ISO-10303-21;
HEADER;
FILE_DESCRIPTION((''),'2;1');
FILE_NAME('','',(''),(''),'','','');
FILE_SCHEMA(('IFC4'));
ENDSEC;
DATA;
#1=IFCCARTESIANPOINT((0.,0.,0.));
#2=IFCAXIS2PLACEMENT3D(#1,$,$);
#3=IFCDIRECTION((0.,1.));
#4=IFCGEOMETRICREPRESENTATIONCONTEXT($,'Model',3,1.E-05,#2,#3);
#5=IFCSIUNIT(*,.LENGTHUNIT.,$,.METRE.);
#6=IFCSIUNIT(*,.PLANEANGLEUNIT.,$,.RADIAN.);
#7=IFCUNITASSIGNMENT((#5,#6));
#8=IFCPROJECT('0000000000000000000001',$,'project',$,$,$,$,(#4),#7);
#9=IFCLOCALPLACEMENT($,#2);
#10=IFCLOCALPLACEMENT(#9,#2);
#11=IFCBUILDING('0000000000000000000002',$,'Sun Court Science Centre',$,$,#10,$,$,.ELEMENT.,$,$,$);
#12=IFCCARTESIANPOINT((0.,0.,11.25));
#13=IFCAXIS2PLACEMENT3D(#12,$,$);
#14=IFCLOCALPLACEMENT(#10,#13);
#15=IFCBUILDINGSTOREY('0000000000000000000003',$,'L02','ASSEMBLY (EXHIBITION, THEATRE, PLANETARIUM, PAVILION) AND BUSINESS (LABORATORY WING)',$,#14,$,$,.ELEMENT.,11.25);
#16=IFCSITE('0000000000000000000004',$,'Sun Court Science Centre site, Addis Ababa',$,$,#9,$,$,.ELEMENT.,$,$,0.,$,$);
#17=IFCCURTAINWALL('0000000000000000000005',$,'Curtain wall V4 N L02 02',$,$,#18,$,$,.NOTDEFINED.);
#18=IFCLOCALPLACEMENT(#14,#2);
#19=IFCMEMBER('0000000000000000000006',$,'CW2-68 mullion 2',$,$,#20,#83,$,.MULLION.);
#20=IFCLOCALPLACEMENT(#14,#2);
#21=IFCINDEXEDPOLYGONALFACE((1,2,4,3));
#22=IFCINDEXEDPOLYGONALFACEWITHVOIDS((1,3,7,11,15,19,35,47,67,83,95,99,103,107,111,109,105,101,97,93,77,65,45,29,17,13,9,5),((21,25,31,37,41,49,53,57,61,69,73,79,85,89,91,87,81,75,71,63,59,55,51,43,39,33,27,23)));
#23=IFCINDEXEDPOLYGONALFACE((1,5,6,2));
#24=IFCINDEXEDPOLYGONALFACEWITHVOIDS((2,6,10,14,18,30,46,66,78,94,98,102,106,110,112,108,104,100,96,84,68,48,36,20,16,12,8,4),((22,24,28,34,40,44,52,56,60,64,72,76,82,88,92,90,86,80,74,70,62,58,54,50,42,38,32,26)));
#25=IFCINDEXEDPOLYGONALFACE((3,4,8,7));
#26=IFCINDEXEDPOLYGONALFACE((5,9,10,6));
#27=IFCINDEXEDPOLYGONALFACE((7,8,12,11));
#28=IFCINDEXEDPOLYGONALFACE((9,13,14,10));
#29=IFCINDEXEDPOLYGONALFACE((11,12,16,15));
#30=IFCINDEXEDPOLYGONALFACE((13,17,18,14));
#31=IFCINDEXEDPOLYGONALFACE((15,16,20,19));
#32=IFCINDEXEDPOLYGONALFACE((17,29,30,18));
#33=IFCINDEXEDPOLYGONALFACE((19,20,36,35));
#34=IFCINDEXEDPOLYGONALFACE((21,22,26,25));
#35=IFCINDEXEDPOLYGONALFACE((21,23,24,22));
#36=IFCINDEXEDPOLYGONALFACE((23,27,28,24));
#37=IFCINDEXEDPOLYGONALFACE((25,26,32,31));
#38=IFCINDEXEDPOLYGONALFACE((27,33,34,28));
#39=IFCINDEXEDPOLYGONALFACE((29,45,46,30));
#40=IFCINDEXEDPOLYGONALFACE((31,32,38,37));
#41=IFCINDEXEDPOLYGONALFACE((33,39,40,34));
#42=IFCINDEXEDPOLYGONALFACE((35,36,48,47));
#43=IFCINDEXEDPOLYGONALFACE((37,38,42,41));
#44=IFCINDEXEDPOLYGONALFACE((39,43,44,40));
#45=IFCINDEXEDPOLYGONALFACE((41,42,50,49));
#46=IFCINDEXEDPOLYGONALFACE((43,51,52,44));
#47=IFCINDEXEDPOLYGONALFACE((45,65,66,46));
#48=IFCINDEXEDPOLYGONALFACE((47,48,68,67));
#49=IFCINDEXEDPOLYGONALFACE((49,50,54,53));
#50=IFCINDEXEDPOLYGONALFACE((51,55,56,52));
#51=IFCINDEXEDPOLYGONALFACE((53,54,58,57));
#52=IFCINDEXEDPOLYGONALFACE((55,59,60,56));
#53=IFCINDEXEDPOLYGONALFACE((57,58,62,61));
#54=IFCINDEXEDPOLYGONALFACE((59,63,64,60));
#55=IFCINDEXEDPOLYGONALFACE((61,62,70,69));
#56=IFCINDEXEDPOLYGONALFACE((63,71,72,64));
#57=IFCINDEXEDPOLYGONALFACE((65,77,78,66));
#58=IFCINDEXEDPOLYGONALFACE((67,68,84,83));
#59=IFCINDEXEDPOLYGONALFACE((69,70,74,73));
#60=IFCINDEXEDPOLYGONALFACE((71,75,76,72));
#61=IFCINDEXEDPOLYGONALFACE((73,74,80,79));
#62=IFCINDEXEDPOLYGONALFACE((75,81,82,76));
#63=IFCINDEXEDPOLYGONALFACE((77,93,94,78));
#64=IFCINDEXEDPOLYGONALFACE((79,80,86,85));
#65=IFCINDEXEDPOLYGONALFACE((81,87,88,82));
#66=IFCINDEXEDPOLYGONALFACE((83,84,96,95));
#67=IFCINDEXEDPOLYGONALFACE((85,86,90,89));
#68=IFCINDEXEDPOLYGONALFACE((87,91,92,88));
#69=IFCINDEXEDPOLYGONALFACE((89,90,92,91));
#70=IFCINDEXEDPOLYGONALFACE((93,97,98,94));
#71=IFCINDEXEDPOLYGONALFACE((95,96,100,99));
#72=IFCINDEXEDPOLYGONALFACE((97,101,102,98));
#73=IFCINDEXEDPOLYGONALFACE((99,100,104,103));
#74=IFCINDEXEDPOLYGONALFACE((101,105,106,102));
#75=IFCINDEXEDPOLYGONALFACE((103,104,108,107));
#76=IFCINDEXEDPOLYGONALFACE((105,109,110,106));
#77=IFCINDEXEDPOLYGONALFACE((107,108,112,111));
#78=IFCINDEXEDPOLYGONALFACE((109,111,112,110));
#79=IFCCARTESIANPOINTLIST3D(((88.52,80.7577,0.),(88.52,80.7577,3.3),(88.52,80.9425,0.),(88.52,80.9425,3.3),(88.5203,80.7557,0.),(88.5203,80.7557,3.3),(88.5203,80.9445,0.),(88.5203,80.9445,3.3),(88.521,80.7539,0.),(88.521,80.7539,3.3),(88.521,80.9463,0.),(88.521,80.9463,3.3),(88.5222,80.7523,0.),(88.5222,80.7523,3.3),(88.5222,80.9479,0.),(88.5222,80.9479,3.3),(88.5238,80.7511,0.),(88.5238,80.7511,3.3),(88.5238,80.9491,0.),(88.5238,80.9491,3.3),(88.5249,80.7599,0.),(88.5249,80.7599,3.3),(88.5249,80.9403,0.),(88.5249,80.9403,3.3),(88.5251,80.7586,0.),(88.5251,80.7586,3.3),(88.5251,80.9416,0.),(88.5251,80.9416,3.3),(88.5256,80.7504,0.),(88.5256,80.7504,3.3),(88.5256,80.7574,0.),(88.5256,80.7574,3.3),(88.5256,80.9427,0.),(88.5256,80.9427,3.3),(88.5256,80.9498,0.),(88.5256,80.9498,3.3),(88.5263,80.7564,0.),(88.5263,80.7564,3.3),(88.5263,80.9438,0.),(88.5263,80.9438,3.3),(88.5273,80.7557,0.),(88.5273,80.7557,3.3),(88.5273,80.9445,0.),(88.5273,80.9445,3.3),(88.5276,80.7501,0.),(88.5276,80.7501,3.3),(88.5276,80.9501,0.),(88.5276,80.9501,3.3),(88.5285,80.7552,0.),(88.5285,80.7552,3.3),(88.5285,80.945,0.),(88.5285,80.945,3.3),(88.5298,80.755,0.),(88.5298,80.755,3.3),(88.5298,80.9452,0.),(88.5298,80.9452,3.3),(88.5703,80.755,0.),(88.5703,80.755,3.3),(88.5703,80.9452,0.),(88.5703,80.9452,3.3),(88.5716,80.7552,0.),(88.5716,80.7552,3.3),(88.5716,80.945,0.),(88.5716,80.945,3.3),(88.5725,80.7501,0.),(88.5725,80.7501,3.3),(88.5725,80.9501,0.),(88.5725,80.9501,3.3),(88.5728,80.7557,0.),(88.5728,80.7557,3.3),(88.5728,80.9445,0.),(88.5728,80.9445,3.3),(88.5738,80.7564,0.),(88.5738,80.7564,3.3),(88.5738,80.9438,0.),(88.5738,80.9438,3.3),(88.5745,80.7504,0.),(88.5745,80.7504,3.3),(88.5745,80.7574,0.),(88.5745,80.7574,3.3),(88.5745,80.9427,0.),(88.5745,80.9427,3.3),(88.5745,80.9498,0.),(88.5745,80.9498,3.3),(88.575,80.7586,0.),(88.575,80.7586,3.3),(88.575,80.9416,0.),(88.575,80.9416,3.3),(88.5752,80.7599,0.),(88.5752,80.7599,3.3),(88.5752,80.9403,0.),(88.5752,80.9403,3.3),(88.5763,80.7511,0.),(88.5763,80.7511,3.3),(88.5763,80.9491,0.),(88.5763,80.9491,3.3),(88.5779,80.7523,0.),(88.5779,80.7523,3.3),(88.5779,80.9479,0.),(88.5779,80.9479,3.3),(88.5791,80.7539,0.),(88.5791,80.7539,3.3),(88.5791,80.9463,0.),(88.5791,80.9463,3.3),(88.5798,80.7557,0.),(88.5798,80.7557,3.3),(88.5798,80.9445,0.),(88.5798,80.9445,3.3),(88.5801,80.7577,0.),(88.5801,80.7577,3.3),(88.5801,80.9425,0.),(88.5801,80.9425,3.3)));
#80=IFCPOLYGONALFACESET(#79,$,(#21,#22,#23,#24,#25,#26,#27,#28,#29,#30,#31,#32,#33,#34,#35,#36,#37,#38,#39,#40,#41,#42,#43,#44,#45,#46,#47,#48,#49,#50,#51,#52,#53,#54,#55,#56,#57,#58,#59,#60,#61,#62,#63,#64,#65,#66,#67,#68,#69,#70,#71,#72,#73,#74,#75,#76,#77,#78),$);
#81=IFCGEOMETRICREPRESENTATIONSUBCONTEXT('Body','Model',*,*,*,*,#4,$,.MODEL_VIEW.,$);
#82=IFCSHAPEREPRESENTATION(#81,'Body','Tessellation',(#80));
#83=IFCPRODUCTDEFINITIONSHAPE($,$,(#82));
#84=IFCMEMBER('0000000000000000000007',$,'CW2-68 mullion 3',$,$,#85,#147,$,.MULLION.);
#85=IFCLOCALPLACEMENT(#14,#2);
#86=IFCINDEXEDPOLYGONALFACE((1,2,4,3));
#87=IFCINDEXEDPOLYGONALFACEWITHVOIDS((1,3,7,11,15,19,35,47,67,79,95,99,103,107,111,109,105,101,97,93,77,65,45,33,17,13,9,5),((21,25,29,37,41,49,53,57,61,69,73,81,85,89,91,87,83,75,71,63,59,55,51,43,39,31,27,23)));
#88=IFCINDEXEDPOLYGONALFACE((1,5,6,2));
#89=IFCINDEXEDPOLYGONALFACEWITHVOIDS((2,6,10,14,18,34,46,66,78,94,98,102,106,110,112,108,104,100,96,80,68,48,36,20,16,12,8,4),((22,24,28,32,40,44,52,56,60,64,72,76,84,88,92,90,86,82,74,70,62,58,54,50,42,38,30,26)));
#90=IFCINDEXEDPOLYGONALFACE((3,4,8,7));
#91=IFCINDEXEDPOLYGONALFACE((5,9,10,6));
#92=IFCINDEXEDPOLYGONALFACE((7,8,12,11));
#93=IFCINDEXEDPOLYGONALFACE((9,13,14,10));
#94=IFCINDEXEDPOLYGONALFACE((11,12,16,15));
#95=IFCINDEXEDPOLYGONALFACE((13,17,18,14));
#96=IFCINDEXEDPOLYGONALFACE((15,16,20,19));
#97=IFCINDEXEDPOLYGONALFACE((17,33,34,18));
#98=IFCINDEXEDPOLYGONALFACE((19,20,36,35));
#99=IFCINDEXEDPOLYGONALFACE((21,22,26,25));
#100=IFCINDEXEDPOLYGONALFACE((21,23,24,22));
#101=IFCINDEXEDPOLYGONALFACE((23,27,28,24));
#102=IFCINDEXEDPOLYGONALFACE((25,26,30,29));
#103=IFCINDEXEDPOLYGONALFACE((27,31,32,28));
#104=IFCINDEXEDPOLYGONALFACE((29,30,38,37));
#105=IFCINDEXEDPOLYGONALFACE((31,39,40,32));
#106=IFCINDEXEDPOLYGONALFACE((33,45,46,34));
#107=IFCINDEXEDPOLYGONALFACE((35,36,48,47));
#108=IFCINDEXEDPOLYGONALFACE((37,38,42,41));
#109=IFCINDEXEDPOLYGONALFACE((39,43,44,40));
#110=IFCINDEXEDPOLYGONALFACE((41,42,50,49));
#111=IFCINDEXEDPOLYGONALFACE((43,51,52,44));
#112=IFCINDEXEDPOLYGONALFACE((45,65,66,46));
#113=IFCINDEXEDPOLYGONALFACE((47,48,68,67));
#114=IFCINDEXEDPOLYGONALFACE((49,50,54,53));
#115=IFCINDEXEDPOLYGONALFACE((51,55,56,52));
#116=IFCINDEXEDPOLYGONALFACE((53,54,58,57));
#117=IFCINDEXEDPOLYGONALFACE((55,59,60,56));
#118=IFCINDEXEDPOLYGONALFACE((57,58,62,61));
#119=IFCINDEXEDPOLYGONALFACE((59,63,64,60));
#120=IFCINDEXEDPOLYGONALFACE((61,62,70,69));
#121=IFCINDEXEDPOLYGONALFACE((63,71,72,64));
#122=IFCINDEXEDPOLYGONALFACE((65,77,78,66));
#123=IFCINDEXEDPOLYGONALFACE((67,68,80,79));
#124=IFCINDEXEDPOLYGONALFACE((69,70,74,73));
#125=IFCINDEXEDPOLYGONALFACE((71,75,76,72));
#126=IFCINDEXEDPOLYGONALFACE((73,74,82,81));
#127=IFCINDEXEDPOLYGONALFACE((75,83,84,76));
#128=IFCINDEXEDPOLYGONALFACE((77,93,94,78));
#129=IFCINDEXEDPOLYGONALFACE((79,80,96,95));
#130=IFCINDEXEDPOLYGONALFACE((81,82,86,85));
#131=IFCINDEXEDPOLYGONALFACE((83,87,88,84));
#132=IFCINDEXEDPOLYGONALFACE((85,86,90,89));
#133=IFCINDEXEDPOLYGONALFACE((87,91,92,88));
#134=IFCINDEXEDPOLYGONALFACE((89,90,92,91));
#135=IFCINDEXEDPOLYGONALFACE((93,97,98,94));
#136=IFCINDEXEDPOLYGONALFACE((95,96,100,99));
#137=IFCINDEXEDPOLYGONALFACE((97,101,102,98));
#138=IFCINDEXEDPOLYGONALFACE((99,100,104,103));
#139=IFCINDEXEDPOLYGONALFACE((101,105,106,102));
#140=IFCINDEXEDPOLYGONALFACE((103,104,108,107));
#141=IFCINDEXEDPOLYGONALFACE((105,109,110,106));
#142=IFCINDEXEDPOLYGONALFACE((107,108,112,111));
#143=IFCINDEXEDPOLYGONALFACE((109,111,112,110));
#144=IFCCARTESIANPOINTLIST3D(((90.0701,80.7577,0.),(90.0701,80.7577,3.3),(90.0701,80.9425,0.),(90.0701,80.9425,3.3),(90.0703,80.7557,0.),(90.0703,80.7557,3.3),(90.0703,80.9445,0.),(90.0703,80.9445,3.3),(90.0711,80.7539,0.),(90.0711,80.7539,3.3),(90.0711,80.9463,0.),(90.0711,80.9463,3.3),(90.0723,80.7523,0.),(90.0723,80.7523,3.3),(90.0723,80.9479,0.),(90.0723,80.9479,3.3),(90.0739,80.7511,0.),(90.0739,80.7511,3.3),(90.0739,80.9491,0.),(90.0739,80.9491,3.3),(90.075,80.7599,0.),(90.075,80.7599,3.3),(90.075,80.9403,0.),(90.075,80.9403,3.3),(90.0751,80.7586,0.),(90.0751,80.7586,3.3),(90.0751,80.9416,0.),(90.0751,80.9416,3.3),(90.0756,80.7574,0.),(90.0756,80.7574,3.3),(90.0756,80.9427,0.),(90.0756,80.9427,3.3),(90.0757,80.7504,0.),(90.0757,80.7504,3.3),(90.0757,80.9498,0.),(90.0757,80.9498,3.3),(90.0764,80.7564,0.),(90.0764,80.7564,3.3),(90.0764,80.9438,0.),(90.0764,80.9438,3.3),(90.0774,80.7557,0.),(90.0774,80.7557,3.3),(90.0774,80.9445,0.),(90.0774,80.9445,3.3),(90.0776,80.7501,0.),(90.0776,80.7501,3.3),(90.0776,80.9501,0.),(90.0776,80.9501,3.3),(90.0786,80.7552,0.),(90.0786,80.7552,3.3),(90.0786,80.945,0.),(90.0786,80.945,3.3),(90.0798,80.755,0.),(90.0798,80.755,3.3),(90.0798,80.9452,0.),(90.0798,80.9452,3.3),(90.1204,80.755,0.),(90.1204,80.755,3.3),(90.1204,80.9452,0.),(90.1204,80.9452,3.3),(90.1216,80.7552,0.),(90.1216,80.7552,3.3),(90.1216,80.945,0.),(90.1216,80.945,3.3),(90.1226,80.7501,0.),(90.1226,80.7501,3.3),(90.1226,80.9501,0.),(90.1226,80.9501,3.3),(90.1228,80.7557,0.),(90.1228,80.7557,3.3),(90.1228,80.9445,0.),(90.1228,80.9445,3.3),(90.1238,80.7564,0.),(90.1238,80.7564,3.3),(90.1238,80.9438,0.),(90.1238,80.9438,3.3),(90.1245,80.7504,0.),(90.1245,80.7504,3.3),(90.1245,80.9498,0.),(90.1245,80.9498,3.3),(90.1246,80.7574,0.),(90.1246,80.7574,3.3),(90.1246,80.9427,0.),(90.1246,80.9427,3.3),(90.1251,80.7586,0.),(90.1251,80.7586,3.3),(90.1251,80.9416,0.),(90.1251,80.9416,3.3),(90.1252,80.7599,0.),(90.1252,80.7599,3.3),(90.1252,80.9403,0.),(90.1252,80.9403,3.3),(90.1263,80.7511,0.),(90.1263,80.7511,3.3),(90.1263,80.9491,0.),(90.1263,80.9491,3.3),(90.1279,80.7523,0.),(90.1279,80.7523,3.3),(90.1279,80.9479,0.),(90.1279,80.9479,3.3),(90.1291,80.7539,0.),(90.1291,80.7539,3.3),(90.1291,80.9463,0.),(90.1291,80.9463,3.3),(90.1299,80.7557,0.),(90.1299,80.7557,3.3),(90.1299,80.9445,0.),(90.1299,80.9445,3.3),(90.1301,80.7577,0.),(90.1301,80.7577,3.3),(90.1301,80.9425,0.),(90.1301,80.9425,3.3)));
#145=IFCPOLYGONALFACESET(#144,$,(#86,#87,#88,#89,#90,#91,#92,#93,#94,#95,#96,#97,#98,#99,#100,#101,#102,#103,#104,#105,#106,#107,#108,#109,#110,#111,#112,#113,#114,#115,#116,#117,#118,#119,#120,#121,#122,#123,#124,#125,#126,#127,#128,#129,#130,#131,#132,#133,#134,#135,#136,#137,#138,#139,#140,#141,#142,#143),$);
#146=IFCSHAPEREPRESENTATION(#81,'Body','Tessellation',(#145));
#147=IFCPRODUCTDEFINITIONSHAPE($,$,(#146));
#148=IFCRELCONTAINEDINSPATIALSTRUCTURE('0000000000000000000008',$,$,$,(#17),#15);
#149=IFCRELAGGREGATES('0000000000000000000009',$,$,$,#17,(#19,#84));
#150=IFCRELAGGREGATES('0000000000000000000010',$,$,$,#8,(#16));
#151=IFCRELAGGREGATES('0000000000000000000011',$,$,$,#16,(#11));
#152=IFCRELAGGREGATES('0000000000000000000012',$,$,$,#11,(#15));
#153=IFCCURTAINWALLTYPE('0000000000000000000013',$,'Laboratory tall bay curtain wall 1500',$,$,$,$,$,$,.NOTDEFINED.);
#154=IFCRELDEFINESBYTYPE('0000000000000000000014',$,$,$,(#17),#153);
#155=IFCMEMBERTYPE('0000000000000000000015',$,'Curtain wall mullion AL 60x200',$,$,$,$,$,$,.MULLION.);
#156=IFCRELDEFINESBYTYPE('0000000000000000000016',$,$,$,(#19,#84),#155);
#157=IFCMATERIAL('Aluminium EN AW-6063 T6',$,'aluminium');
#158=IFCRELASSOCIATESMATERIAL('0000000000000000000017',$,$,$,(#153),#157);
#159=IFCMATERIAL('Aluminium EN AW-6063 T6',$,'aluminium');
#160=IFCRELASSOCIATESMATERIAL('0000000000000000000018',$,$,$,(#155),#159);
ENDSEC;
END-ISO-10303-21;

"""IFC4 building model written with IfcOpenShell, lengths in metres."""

from ifc_helpers import new_model, si_unit, direction, frame, origin, origin_2d, place, context, subcontext, project, spatial, hollow_rectangle, extrude, material, material_profile, profile_set, type_object, element, aggregate, save


model = new_model("IFC4")

# Units and contexts
model_context = context("Model", 3, precision=1e-05, world=origin(), true_north=direction((0.0, 1.0)))
body_context = subcontext(model_context, "Body", "Model", "MODEL_VIEW")
ifc_project = project(units=[si_unit("LENGTHUNIT", "METRE"), si_unit("PLANEANGLEUNIT", "RADIAN")], contexts=[model_context])

# Site, building, storey
site_placement = place(None, origin())
site = spatial("IfcSite", under=ifc_project, at=site_placement, Name="Sun Court Science Centre site, Addis Ababa", CompositionType="ELEMENT", RefElevation=0.0)
building_placement = place(site_placement, origin())
building = spatial("IfcBuilding", under=site, at=building_placement, Name="Sun Court Science Centre", CompositionType="ELEMENT")
storey_placement = place(building_placement, frame((0.0, 0.0, 11.25)))
storey = spatial("IfcBuildingStorey", under=building, at=storey_placement, Name="L02", Description="ASSEMBLY (EXHIBITION, THEATRE, PLANETARIUM, PAVILION) AND BUSINESS (LABORATORY WING)", CompositionType="ELEMENT", Elevation=11.25)

# Curtain wall, members
ifc_material_1 = material(Name="Aluminium EN AW-6063 T6", Category="aluminium")
curtain_wall_type = type_object("IfcCurtainWallType", Name="Laboratory tall bay curtain wall 1500", PredefinedType="NOTDEFINED", material=ifc_material_1)
curtain_wall_placement = place(storey_placement, origin())
curtain_wall = element("IfcCurtainWall", 1, at=curtain_wall_placement, inside=storey, type_object=curtain_wall_type, Name="Curtain wall V4 N L02 02", PredefinedType="NOTDEFINED")
ifc_material_2 = material(Name="Aluminium EN AW-6063 T6", Category="aluminium")
ifc_material_profile_1 = material_profile(ifc_material_2, hollow_rectangle(XDim=0.0601, YDim=0.2, WallThickness=0.0049, InnerFilletRadius=0.0049, OuterFilletRadius=0.0076, at=origin_2d()), Name="AL 60x200x5")
ifc_profile_set_1 = profile_set([ifc_material_profile_1], Name="Aluminium EN AW-6063 T6")
member_type_1 = type_object("IfcMemberType", Name="Curtain wall mullion AL 60x200", PredefinedType="MULLION", material=ifc_profile_set_1)
member_1_placement = place(storey_placement, frame((88.55, 80.8501, 0.0), z_axis=(0.0, 0.0, 1.0), x_axis=(1.0, 0.0, 0.0)))
member_1 = element("IfcMember", 2, at=member_1_placement, type_object=member_type_1, Name="CW2-68 mullion 2", PredefinedType="MULLION", context=body_context, shape_type="SweptSolid", body=[
    extrude(hollow_rectangle(XDim=0.0601, YDim=0.2, WallThickness=0.0049, InnerFilletRadius=0.0049, OuterFilletRadius=0.0076, at=origin_2d()), origin(), (0.0, 0.0, 1.0), 3.3),
])
member_2_placement = place(storey_placement, frame((90.1001, 80.8501, 0.0), z_axis=(0.0, 0.0, 1.0), x_axis=(1.0, 0.0, 0.0)))
member_2 = element("IfcMember", 3, at=member_2_placement, type_object=member_type_1, Name="CW2-68 mullion 3", PredefinedType="MULLION", context=body_context, shape_type="SweptSolid", body=[
    extrude(hollow_rectangle(XDim=0.0601, YDim=0.2, WallThickness=0.0049, InnerFilletRadius=0.0049, OuterFilletRadius=0.0076, at=origin_2d()), origin(), (0.0, 0.0, 1.0), 3.3),
])
aggregate(curtain_wall, [member_1, member_2])

save(model, "model.ifc")
